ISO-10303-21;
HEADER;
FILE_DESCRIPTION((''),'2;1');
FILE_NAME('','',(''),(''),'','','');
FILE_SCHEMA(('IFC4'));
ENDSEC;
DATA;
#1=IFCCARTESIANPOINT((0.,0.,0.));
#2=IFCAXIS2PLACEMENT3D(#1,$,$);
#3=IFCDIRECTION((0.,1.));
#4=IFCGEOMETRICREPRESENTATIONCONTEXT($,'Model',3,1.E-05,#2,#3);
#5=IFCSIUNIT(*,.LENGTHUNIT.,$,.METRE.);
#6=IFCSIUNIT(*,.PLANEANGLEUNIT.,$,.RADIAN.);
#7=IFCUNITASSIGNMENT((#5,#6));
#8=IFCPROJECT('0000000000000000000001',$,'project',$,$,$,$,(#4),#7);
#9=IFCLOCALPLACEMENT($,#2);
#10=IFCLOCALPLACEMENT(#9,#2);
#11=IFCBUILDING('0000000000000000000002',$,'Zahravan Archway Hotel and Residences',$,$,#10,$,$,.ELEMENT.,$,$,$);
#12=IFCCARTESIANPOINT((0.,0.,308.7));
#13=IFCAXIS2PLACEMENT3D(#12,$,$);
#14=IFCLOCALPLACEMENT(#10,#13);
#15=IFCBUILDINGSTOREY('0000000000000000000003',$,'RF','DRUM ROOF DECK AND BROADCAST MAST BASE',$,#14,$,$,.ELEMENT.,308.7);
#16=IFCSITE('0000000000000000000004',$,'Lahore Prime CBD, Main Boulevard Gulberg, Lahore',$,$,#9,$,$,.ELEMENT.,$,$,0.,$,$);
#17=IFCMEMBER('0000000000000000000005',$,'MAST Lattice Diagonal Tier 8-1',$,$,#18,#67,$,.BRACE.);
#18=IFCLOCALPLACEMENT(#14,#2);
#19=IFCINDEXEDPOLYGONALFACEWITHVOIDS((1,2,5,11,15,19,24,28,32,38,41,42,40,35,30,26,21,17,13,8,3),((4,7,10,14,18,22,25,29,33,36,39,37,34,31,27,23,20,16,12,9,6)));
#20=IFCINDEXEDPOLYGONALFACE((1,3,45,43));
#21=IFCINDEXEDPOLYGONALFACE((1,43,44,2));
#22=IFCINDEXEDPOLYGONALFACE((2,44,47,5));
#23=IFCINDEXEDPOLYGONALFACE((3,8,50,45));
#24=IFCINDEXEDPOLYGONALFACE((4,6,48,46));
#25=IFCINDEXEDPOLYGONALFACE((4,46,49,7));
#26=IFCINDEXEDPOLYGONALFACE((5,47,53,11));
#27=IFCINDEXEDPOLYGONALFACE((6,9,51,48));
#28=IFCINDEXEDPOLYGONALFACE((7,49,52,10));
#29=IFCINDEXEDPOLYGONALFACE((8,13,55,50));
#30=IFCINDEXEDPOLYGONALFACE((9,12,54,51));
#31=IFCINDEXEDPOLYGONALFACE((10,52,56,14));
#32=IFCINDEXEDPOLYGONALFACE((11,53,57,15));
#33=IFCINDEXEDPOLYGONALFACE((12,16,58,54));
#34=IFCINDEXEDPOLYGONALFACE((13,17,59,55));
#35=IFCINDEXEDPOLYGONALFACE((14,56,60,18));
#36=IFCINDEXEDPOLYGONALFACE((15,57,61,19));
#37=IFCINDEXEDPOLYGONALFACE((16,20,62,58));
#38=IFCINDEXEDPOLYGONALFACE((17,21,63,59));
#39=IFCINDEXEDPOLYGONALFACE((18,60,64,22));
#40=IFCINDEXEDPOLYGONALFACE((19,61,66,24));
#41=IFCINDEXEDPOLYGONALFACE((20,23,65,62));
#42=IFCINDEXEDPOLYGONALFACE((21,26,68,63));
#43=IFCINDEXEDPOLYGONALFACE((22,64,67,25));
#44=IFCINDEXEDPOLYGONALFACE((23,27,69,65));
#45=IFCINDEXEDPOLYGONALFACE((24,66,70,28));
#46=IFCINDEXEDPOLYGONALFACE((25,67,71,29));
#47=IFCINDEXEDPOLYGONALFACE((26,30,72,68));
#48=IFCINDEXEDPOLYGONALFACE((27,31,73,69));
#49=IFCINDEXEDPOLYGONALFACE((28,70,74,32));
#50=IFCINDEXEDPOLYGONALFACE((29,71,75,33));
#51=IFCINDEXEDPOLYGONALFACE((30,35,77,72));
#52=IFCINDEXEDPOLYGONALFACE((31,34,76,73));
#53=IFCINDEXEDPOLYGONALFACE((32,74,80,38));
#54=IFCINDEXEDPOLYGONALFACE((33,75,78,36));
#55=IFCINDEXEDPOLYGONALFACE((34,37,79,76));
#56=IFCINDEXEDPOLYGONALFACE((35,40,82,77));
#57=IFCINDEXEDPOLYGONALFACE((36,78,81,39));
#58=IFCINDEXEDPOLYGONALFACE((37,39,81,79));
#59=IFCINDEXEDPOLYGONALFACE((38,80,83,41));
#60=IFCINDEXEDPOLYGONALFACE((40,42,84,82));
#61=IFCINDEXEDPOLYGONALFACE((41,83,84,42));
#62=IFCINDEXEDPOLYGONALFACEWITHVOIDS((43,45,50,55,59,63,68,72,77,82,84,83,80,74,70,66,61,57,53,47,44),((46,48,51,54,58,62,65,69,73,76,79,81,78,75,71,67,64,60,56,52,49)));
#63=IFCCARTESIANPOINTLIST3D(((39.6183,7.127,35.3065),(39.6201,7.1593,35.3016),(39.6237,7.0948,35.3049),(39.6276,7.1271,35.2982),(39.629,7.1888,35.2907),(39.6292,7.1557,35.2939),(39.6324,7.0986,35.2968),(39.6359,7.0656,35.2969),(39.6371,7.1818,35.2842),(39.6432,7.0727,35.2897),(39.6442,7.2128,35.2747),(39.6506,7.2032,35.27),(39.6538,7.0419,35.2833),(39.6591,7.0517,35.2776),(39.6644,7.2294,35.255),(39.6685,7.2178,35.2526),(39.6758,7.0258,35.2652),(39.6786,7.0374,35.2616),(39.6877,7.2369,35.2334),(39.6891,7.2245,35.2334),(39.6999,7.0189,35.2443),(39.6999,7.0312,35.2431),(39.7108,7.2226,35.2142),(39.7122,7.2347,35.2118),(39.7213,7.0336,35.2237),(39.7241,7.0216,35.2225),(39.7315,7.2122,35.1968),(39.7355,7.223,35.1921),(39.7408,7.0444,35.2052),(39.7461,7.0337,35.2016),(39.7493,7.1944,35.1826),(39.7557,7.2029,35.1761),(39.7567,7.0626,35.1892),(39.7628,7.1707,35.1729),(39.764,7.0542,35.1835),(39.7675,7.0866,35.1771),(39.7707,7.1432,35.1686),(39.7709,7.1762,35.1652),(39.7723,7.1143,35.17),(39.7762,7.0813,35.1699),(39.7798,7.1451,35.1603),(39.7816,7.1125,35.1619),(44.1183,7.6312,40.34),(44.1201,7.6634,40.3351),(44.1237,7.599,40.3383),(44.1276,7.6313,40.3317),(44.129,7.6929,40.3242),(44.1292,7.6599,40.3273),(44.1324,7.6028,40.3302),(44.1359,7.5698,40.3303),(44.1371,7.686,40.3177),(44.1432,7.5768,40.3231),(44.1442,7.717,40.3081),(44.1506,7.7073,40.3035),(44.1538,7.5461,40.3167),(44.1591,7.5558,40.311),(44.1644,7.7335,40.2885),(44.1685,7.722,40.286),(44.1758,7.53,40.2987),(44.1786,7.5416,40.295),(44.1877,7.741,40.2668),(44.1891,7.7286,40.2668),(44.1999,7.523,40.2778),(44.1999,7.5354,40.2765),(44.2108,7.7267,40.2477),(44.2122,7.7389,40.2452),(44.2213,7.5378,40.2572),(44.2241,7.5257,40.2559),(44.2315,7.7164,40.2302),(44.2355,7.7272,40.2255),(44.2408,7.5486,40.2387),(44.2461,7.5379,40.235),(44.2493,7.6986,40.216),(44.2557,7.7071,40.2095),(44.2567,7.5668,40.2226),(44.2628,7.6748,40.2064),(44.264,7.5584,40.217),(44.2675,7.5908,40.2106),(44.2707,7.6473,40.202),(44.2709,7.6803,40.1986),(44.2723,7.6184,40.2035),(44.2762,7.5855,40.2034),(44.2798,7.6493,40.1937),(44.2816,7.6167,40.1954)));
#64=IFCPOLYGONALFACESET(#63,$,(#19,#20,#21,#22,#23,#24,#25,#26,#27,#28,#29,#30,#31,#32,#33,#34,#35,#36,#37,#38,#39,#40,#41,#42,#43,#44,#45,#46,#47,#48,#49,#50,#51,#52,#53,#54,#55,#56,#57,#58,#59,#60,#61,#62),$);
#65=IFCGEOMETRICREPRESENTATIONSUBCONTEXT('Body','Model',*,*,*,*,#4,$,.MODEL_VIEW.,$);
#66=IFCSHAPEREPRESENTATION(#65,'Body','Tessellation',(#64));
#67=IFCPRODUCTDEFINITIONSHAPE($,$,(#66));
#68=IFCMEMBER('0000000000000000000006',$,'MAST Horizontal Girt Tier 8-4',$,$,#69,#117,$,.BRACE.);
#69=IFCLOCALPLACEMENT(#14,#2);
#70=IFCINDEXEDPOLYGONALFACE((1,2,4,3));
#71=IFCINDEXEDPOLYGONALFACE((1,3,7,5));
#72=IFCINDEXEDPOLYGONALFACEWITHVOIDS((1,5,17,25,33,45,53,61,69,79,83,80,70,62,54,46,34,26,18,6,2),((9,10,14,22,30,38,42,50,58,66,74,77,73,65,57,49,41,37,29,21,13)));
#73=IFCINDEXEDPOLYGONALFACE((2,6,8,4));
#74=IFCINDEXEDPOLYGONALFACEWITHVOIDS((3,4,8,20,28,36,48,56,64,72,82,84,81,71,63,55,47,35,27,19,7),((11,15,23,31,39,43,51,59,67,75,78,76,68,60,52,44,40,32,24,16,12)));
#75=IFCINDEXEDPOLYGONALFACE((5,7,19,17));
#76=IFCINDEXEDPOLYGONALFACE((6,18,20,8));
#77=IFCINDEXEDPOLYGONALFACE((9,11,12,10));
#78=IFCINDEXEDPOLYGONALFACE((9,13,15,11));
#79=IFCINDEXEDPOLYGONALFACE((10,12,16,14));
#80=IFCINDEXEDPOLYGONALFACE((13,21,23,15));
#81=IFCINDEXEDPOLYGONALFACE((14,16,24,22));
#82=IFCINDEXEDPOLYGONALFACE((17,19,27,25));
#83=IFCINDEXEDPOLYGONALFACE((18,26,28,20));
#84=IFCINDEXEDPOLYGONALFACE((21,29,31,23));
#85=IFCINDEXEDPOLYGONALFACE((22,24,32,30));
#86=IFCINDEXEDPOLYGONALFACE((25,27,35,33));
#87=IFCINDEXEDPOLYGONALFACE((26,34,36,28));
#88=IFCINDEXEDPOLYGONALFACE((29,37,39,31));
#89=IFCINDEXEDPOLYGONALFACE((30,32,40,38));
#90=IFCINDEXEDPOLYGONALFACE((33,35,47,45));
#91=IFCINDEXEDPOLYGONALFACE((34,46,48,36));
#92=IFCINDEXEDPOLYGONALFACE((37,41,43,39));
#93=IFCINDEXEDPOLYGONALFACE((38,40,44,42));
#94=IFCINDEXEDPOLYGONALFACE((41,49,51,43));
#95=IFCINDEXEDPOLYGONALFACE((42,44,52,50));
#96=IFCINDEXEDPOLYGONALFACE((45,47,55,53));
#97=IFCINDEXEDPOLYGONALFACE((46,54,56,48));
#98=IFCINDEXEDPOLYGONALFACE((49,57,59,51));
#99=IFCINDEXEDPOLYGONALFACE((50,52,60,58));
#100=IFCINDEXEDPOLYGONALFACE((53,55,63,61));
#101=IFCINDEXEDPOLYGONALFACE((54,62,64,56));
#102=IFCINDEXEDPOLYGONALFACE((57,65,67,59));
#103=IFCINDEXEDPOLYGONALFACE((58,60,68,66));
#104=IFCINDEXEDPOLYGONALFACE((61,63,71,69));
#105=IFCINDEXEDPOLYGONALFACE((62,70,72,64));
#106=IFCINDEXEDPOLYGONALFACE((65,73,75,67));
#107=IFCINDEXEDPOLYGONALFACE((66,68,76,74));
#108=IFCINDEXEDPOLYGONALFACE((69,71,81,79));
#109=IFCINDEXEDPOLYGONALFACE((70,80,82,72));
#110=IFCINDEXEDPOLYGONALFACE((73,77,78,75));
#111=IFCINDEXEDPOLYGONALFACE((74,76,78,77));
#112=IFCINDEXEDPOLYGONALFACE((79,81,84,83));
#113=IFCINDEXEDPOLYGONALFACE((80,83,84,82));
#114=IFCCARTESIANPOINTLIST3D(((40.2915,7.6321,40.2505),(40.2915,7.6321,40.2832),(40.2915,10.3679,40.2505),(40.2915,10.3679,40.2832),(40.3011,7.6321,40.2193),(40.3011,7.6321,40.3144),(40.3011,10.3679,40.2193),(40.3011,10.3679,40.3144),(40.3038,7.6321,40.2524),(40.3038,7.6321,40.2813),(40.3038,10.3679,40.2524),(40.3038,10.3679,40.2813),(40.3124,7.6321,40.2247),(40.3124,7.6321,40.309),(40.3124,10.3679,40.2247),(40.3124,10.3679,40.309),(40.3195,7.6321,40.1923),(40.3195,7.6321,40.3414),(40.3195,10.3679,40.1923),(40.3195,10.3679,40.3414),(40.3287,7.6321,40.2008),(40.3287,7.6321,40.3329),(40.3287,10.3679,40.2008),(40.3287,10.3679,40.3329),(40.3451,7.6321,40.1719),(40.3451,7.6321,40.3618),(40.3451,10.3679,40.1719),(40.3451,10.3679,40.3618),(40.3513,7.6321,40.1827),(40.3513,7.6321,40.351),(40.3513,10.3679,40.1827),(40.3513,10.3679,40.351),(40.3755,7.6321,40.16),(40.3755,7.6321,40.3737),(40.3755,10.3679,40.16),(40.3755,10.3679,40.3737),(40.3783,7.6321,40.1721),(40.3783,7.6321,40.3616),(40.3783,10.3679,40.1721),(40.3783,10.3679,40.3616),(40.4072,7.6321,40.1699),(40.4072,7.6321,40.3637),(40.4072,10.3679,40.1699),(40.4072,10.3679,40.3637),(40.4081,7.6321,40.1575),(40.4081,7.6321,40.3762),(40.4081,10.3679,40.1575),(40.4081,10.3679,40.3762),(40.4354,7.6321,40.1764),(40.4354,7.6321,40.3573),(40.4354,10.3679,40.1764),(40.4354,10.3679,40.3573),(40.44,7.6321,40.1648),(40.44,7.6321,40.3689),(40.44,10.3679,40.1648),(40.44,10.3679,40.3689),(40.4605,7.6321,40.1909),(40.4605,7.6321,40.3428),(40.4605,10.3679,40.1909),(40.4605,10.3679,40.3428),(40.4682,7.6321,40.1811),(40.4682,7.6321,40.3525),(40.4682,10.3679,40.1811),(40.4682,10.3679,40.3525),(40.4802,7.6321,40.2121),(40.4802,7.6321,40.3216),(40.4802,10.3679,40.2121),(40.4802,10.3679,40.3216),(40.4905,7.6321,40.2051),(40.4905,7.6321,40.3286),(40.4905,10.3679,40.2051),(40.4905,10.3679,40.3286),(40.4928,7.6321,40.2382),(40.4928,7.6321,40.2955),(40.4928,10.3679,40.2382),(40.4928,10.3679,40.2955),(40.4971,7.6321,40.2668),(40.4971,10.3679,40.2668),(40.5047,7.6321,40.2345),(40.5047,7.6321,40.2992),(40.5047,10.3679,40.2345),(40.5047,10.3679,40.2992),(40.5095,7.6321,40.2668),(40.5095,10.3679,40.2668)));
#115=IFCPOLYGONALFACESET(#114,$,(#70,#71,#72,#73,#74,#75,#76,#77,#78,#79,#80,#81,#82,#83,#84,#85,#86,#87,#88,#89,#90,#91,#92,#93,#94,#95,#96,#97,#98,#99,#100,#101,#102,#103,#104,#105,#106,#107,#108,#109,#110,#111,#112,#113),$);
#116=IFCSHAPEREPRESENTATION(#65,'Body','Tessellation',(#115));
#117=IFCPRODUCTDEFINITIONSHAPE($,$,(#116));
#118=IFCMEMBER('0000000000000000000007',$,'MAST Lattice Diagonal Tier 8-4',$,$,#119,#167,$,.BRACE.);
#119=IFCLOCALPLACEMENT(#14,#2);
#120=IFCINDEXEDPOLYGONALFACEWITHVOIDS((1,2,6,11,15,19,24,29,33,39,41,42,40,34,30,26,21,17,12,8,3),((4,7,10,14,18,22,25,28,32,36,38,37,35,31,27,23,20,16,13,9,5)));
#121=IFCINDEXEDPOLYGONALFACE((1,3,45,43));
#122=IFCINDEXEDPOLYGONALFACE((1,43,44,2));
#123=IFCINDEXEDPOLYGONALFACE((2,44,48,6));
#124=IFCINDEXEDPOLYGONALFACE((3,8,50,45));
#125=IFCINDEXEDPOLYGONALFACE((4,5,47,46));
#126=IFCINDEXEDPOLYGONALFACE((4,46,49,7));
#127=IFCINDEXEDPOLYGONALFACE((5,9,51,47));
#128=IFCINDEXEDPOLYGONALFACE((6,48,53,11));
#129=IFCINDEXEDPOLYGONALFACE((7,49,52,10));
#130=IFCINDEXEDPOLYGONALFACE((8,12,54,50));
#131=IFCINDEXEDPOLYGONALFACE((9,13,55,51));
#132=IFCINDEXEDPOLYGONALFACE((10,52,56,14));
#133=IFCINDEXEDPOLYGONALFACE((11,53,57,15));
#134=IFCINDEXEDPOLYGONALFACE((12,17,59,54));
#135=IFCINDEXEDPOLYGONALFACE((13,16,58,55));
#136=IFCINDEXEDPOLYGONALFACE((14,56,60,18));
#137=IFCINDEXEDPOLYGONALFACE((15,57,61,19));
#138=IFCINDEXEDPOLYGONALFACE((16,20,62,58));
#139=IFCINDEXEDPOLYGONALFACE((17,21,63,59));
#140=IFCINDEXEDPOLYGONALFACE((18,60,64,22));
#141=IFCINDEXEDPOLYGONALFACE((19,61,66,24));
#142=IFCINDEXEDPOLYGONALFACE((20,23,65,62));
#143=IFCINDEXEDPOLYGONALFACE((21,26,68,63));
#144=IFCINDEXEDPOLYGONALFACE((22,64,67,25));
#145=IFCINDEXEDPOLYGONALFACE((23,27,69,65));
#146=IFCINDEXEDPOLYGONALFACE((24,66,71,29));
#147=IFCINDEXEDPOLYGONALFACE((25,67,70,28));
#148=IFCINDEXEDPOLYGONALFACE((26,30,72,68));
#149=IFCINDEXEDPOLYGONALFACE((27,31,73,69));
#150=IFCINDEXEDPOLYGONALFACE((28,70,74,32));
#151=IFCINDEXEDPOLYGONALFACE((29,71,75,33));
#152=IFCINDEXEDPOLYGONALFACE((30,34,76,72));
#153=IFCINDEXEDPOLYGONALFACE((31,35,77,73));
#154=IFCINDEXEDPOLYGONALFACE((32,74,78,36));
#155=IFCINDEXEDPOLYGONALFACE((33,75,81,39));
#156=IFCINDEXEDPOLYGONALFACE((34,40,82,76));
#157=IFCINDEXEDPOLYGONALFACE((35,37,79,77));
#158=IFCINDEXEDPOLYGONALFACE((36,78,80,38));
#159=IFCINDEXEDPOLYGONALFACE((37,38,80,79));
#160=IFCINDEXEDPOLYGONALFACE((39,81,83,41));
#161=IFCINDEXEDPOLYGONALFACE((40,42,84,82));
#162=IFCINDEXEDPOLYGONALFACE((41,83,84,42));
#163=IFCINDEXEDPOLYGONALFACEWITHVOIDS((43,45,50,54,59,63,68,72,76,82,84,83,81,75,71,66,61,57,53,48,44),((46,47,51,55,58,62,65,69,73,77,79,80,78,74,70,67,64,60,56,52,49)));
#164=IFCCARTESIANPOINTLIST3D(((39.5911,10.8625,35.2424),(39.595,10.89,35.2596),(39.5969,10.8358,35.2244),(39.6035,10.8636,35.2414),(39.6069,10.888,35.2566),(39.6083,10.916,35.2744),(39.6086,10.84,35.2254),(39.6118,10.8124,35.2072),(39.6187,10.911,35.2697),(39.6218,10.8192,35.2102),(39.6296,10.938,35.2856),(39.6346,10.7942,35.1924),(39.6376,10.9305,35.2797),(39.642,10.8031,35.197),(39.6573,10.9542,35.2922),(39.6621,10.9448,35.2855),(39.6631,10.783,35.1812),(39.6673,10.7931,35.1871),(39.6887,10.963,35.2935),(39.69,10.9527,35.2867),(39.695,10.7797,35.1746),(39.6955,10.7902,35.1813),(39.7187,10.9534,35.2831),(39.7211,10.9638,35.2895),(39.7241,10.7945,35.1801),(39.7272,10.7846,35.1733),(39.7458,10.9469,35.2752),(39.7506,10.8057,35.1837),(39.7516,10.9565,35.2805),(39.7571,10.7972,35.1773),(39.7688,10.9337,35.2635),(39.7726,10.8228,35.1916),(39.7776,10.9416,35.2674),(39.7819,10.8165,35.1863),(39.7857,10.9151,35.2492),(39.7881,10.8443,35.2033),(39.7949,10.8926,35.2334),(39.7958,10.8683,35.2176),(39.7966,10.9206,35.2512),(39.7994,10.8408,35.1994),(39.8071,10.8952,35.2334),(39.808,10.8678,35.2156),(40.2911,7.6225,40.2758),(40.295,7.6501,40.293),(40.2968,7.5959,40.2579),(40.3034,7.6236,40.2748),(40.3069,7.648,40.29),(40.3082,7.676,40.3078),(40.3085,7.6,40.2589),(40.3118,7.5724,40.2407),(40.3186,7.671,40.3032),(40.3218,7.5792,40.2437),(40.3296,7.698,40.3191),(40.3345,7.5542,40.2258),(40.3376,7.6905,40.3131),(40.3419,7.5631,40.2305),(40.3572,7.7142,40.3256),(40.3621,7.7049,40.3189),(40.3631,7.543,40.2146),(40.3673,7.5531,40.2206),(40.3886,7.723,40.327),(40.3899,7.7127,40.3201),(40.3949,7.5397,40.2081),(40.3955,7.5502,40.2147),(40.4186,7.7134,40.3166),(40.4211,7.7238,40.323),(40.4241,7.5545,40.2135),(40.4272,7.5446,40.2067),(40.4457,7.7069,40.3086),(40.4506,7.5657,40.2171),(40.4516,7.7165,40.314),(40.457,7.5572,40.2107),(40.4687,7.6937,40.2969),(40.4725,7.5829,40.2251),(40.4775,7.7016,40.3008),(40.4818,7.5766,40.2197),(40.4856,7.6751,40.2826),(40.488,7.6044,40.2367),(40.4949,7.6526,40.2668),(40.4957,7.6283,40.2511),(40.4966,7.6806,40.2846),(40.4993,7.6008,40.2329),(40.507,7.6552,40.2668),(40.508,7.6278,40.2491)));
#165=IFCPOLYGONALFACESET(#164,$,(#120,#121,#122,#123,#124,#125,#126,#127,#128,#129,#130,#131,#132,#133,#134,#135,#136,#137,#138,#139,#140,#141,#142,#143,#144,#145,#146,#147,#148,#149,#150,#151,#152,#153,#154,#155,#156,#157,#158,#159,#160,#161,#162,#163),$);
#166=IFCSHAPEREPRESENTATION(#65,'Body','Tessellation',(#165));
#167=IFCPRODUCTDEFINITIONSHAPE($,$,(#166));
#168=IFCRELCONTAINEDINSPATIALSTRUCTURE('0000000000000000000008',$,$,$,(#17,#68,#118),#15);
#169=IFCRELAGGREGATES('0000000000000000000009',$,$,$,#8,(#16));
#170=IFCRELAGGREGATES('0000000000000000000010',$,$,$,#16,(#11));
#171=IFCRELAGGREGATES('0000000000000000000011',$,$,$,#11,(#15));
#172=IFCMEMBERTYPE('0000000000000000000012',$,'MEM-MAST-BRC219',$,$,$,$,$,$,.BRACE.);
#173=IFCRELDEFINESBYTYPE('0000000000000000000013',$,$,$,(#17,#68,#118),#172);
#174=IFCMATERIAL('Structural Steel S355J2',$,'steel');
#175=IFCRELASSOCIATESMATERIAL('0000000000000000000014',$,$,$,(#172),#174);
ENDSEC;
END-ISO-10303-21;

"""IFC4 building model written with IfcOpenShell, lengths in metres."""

from ifc_helpers import new_model, si_unit, direction, frame, origin, origin_2d, place, context, subcontext, project, spatial, hollow_circle, extrude, source, transform, mapped, material, material_profile, profile_set, type_object, element, save


model = new_model("IFC4")

# Units and contexts
model_context = context("Model", 3, precision=1e-05, world=origin(), true_north=direction((0.0, 1.0)))
body_context = subcontext(model_context, "Body", "Model", "MODEL_VIEW")
ifc_project = project(units=[si_unit("LENGTHUNIT", "METRE"), si_unit("PLANEANGLEUNIT", "RADIAN")], contexts=[model_context])

# Site, building, storey
site_placement = place(None, origin())
site = spatial("IfcSite", under=ifc_project, at=site_placement, Name="Lahore Prime CBD, Main Boulevard Gulberg, Lahore", CompositionType="ELEMENT", RefElevation=0.0)
building_placement = place(site_placement, origin())
building = spatial("IfcBuilding", under=site, at=building_placement, Name="Zahravan Archway Hotel and Residences", CompositionType="ELEMENT")
storey_placement = place(building_placement, frame((0.0, 0.0, 308.7)))
storey = spatial("IfcBuildingStorey", under=building, at=storey_placement, Name="RF", Description="DRUM ROOF DECK AND BROADCAST MAST BASE", CompositionType="ELEMENT", Elevation=308.7)

# Members
ifc_material_1 = material(Name="Structural Steel S355J2", Category="steel")
ifc_material_profile_1 = material_profile(ifc_material_1, hollow_circle(Radius=0.1096, WallThickness=0.0125, at=origin_2d()), Name="CHS 219.1x12.5", Category="steel")
ifc_profile_set_1 = profile_set([ifc_material_profile_1], Name="Structural Steel S355J2")
member_type_1 = type_object("IfcMemberType", Name="MEM-MAST-BRC219", PredefinedType="BRACE", material=ifc_profile_set_1)
shared_shape_1 = source(origin(), body_context, "Body", "SweptSolid", [
    extrude(hollow_circle(Radius=0.1096, WallThickness=0.0125, at=origin_2d()), origin(), (0.0, 0.0, 1.0), 6.7705),
])
member_1_placement = place(storey_placement, frame((39.7, 7.1279, 35.2334), z_axis=(0.664647, 0.074463, 0.743437), x_axis=(-0.111337, 0.993783, 0.0)))
element("IfcMember", 1, at=member_1_placement, inside=storey, type_object=member_type_1, Name="MAST Lattice Diagonal Tier 8-1", PredefinedType="BRACE", context=body_context, shape_type="MappedRepresentation", body=[
    mapped(shared_shape_1, transform((0.0, 0.0, 0.0), scale=1.0)),
])
shared_shape_2 = source(origin(), body_context, "Body", "SweptSolid", [
    extrude(hollow_circle(Radius=0.1096, WallThickness=0.0125, at=origin_2d()), origin(), (0.0, 0.0, 1.0), 2.7358),
])
member_2_placement = place(storey_placement, frame((40.3999, 10.3679, 40.2668), z_axis=(0.0, -1.0, 0.0), x_axis=(1.0, 0.0, 0.0)))
element("IfcMember", 2, at=member_2_placement, inside=storey, type_object=member_type_1, Name="MAST Horizontal Girt Tier 8-4", PredefinedType="BRACE", context=body_context, shape_type="MappedRepresentation", body=[
    mapped(shared_shape_2, transform((0.0, 0.0, 0.0), scale=1.0)),
])
shared_shape_3 = source(origin(), body_context, "Body", "SweptSolid", [
    extrude(hollow_circle(Radius=0.1096, WallThickness=0.0125, at=origin_2d()), origin(), (0.0, 0.0, 1.0), 6.0269),
])
member_3_placement = place(storey_placement, frame((39.7, 10.8721, 35.2334), z_axis=(0.116139, -0.537592, 0.835169), x_axis=(0.977451, 0.211164, 0.0)))
element("IfcMember", 3, at=member_3_placement, inside=storey, type_object=member_type_1, Name="MAST Lattice Diagonal Tier 8-4", PredefinedType="BRACE", context=body_context, shape_type="MappedRepresentation", body=[
    mapped(shared_shape_3, transform((0.0, 0.0, 0.0), scale=1.0)),
])

save(model, "model.ifc")
